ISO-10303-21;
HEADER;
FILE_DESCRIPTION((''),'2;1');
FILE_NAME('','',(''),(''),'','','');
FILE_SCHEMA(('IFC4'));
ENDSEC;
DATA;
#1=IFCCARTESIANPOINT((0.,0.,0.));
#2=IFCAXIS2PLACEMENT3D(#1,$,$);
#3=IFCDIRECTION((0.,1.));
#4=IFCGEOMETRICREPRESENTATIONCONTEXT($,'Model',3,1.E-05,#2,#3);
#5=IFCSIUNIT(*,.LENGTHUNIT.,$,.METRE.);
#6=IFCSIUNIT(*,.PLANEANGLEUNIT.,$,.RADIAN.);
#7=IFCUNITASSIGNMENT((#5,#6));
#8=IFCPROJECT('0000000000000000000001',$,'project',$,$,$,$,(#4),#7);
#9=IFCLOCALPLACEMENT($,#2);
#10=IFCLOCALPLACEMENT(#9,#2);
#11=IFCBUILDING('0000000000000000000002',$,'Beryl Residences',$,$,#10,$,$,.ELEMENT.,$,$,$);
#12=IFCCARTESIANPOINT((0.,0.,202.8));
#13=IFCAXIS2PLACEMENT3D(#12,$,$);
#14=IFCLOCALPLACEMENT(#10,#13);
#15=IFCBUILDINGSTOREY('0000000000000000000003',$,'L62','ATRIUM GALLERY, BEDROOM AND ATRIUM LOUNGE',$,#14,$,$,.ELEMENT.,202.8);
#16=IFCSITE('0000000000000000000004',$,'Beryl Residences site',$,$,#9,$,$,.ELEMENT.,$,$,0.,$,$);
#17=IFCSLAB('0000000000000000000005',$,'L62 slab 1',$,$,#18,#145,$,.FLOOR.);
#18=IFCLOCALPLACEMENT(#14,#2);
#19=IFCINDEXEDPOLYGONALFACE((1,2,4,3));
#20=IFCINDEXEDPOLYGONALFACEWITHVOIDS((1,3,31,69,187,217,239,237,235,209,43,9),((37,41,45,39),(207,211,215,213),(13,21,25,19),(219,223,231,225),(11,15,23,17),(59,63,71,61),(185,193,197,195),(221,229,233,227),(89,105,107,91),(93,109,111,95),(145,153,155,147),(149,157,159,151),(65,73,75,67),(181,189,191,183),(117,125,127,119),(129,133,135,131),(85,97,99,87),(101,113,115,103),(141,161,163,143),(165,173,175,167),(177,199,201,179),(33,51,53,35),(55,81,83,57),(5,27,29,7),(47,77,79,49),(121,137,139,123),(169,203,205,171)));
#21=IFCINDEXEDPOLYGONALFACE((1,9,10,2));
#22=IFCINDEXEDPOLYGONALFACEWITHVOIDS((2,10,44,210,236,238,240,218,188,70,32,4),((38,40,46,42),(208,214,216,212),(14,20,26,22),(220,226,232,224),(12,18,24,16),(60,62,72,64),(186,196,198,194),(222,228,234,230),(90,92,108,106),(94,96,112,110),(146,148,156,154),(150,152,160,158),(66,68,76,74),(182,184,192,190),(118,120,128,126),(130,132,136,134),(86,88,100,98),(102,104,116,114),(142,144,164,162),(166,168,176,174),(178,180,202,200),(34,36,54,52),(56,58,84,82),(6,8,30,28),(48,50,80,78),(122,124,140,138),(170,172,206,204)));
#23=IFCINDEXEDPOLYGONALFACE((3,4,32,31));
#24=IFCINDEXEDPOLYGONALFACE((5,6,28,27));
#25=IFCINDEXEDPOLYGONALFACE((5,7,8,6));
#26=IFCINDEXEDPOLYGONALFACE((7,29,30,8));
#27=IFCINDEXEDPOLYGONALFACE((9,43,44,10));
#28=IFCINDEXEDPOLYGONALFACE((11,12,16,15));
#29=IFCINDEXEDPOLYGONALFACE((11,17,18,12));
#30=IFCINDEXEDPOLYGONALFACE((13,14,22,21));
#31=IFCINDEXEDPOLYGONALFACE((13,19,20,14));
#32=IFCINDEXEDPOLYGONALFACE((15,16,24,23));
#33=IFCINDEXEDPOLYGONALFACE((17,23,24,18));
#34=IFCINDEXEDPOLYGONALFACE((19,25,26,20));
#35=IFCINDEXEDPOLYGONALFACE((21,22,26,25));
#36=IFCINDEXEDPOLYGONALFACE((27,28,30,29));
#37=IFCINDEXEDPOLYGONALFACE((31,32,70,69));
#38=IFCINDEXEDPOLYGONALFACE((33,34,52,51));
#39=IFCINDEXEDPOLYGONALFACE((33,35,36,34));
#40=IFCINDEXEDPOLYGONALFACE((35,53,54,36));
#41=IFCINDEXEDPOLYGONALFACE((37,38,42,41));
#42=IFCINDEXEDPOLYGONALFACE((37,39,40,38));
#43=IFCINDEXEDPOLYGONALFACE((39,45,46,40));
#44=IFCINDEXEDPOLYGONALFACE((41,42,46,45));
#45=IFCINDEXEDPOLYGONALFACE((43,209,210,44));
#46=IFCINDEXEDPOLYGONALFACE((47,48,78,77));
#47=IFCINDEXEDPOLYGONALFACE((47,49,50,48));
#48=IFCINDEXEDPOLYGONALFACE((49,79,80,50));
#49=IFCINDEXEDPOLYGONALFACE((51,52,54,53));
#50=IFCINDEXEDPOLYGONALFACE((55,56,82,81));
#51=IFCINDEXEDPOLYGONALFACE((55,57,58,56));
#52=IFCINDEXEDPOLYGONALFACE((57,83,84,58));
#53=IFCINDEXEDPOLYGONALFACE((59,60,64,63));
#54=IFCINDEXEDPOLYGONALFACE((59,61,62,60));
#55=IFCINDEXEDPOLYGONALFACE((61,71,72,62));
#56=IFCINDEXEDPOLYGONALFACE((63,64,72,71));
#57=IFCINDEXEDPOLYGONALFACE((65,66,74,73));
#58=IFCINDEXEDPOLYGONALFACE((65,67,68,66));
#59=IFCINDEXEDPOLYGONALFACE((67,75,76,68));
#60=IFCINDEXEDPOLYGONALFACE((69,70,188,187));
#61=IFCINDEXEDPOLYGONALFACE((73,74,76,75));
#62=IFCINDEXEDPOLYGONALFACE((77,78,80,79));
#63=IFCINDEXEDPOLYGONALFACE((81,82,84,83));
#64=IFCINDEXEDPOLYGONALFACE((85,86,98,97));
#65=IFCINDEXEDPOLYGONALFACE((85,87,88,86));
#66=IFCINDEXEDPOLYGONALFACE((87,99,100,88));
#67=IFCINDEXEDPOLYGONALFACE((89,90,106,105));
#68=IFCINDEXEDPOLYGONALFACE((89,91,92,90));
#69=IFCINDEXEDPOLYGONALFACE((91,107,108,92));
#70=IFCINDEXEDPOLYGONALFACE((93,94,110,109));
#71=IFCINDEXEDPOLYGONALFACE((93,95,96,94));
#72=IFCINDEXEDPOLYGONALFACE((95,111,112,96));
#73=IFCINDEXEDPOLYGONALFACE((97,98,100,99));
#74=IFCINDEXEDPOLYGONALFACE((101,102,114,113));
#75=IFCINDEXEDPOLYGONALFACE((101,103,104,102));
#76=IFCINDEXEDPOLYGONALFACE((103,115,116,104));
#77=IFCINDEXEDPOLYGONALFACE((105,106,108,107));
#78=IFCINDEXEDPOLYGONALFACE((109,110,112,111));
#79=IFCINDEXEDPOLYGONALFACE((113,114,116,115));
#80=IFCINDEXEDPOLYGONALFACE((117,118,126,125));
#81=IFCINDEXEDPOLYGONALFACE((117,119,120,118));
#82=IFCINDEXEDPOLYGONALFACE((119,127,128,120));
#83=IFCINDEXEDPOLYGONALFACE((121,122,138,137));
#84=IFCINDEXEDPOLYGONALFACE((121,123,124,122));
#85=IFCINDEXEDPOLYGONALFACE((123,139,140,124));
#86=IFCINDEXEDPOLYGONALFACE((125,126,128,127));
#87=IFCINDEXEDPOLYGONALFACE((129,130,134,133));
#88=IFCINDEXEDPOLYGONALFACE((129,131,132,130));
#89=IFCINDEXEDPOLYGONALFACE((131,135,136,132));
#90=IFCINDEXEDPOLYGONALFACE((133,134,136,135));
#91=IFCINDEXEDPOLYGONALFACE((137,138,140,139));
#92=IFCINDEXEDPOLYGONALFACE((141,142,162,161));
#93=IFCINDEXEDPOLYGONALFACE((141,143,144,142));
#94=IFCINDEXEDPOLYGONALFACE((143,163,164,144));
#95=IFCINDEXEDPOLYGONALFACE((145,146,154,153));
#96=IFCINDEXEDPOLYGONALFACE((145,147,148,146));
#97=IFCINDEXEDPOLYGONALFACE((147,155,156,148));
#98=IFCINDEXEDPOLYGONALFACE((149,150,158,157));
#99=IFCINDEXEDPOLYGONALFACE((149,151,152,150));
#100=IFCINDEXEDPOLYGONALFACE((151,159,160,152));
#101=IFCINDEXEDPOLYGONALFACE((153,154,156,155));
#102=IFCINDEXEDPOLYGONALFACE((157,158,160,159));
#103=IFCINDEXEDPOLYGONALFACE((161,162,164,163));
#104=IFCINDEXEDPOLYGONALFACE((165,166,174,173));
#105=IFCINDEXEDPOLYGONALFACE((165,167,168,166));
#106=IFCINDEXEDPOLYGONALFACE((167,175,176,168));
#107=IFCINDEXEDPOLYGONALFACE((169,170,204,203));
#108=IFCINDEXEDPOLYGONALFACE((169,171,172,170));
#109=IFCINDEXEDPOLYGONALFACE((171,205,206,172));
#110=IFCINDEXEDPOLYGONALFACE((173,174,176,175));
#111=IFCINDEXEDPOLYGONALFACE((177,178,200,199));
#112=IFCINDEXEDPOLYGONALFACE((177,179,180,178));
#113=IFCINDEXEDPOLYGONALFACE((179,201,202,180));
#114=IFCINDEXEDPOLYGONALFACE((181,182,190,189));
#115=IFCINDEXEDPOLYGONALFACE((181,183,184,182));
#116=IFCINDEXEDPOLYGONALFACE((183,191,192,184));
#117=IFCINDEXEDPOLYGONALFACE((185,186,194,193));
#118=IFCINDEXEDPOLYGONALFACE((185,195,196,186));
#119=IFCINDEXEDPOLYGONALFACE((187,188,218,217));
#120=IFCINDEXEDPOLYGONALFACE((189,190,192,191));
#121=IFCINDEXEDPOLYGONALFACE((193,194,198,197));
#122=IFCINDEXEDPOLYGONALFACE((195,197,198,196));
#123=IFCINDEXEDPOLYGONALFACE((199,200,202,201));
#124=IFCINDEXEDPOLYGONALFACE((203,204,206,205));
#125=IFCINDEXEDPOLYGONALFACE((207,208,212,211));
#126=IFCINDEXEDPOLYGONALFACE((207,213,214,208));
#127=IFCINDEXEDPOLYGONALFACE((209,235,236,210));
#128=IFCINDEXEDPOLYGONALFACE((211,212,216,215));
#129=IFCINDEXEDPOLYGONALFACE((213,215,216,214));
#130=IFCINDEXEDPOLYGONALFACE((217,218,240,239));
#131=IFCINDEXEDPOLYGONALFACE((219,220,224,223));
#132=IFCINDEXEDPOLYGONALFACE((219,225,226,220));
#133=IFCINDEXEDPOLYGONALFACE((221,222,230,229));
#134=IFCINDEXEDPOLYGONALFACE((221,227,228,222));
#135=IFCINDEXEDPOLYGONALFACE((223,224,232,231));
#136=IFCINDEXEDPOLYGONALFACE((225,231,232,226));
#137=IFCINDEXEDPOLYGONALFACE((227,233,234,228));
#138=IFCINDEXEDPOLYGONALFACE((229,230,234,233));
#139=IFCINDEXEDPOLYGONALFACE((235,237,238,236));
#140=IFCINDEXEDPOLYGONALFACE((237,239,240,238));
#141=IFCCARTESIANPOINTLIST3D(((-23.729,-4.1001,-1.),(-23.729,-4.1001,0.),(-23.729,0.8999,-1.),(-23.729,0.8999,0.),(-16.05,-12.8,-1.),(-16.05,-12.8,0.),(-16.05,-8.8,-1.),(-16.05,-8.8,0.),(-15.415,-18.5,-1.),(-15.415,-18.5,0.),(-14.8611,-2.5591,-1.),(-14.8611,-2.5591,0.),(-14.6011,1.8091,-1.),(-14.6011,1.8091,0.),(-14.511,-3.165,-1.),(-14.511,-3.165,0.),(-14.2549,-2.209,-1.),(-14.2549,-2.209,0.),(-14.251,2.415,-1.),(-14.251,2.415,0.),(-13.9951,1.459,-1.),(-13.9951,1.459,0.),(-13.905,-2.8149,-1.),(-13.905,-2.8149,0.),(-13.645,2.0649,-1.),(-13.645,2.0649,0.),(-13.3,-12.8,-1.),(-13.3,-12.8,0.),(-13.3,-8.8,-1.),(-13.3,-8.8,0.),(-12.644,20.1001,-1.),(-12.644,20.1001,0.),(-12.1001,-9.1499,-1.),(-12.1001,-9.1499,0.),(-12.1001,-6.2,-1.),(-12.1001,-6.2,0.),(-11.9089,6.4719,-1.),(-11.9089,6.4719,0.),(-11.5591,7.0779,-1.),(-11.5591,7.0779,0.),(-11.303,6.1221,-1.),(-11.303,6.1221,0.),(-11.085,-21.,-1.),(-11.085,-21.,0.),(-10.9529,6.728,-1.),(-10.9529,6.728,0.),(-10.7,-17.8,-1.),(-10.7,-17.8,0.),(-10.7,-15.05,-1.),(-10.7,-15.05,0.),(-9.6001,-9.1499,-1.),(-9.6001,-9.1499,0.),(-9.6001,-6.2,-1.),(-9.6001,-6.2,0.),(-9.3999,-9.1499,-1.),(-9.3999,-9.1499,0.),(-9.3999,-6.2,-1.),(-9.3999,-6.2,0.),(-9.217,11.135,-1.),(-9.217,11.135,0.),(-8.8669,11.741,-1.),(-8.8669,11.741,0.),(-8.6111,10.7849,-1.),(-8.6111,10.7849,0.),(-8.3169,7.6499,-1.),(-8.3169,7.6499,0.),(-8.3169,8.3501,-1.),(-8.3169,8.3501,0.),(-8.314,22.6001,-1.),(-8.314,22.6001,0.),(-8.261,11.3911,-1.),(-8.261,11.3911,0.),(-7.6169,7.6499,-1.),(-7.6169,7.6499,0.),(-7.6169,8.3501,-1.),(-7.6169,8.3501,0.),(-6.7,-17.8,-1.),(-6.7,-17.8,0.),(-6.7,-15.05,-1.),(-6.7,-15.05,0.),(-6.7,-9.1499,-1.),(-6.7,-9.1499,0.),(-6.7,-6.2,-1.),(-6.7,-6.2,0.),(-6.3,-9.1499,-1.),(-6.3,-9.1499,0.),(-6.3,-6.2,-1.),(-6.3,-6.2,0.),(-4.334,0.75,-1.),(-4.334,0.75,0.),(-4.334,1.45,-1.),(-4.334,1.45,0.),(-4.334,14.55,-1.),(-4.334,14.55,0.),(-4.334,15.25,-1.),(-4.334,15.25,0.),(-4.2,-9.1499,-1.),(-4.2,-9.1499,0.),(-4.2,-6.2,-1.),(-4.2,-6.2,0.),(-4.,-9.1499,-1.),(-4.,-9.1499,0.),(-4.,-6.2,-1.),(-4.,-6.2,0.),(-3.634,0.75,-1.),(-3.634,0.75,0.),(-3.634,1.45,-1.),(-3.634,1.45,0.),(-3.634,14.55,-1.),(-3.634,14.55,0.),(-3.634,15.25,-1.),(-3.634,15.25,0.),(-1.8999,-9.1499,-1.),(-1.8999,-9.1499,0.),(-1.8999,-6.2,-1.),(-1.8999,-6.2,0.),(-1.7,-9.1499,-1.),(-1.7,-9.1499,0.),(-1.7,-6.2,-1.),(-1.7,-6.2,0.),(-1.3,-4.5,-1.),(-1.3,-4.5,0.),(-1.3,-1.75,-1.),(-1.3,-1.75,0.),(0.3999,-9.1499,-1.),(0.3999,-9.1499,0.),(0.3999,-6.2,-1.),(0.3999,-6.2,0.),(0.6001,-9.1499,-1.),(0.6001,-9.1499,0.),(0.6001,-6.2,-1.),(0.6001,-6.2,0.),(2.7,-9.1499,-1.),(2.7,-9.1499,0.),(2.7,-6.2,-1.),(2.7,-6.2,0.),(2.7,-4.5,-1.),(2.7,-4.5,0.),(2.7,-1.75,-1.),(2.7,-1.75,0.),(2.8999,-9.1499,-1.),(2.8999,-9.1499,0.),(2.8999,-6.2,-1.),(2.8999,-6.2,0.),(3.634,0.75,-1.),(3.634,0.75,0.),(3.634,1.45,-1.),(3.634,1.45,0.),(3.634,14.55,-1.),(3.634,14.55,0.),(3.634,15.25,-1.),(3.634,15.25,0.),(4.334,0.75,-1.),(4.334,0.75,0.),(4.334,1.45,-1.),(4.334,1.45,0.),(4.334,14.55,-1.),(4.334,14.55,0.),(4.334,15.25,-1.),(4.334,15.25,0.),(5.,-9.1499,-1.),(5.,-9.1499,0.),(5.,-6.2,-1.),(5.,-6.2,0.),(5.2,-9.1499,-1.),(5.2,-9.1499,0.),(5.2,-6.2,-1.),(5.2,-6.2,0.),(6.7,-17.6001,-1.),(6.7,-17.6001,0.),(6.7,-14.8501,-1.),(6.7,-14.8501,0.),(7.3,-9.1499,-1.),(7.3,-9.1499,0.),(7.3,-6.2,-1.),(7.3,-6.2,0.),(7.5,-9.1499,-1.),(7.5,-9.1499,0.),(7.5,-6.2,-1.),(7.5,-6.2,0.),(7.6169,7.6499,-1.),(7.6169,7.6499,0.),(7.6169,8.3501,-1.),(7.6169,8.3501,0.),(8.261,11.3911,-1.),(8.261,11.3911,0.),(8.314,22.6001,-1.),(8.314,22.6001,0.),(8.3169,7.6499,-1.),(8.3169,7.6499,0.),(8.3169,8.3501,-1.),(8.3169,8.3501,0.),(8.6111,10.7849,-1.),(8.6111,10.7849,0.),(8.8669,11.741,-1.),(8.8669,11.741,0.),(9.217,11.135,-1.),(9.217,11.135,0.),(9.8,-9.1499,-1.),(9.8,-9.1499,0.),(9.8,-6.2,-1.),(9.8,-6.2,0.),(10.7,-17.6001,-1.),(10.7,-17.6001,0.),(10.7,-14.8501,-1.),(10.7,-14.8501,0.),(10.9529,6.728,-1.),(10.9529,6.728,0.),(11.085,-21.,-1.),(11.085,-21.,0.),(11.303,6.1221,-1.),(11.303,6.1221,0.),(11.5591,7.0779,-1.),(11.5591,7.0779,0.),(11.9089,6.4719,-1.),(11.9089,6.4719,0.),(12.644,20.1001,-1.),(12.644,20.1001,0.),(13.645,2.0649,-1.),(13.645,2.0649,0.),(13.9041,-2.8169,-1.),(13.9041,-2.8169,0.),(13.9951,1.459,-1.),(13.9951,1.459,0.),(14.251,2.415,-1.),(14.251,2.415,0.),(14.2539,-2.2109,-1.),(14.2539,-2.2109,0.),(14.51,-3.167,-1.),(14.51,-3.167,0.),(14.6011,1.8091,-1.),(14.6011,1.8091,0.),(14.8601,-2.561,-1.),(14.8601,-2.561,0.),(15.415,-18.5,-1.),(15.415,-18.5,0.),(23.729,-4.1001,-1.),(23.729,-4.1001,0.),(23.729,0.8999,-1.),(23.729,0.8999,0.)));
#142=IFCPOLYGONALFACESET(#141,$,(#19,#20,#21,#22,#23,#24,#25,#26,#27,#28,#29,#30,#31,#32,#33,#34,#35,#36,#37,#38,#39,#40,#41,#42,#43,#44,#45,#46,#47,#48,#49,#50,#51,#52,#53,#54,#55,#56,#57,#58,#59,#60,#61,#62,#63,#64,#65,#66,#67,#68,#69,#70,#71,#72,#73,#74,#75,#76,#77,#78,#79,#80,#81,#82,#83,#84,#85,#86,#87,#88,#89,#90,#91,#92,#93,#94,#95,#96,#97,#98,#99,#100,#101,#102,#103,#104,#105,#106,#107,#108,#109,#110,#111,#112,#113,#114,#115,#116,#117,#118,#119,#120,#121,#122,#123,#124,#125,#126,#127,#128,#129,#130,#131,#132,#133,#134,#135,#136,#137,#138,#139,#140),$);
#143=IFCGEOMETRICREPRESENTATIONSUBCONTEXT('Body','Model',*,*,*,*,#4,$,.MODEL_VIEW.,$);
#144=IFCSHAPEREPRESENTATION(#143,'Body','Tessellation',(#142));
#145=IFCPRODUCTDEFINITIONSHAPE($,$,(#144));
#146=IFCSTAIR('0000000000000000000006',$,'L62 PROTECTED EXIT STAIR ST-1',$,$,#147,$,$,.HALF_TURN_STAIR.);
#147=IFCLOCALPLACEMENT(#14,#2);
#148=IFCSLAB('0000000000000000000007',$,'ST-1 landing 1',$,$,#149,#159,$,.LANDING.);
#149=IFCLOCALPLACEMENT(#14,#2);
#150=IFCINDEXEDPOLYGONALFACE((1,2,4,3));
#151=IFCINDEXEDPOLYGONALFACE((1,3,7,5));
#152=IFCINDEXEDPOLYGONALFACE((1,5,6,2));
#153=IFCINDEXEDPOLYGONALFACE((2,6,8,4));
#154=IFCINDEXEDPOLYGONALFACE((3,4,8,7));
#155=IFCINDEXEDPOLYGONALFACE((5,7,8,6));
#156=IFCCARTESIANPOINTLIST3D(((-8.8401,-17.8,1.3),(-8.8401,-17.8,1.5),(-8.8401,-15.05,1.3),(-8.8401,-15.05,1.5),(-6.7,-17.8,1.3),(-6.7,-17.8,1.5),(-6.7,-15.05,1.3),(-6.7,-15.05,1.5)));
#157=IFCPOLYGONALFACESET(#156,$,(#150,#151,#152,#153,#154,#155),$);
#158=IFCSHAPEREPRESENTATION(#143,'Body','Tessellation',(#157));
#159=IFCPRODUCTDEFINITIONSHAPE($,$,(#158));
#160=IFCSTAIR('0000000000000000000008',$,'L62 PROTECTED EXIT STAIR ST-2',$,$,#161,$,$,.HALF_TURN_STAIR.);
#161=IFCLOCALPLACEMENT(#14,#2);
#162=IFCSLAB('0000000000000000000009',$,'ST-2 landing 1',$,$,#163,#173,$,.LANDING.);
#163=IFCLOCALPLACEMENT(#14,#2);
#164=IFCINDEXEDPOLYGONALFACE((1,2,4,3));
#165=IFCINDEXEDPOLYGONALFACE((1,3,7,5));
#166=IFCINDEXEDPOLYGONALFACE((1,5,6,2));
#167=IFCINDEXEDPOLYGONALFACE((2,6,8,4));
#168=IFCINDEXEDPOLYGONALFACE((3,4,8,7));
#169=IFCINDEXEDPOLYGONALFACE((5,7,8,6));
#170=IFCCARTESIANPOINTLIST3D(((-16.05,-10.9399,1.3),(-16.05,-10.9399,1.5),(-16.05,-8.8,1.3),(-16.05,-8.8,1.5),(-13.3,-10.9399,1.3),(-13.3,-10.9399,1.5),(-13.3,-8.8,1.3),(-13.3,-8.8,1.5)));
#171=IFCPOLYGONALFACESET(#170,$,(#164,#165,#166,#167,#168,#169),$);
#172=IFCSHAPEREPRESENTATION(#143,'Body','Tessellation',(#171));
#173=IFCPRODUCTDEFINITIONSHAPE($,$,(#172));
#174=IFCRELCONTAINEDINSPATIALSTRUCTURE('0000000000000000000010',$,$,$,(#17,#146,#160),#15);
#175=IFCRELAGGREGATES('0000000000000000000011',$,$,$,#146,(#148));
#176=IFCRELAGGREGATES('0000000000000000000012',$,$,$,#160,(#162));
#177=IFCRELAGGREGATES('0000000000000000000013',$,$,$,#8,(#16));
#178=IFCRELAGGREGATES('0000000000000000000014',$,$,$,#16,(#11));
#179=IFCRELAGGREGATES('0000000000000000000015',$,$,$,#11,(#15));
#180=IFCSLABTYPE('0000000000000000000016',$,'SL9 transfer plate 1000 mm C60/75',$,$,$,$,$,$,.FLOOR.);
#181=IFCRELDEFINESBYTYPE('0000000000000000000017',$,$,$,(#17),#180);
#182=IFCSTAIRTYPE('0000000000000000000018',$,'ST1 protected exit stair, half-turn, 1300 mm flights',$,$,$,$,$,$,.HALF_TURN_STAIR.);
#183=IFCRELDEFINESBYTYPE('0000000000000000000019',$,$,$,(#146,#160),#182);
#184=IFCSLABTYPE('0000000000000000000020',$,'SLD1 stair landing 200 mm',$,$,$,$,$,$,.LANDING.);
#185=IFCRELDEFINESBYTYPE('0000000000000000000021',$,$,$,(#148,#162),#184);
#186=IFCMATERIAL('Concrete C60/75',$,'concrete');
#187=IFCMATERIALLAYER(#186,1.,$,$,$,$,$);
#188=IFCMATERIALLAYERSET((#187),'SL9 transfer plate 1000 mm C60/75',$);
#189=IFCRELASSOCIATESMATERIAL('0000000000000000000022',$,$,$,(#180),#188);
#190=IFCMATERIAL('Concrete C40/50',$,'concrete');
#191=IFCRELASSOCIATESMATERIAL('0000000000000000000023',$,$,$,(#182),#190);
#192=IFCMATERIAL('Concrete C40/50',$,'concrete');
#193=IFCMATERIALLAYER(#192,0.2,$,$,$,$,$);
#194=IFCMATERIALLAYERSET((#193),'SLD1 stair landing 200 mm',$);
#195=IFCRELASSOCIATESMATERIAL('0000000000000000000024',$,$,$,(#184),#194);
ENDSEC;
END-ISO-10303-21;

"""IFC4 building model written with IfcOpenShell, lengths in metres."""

from ifc_helpers import new_model, si_unit, direction, frame, origin, place, context, subcontext, project, spatial, polyline, outline, extrude, material, layer, layer_set, type_object, element, aggregate, save


model = new_model("IFC4")

# Units and contexts
model_context = context("Model", 3, precision=1e-05, world=origin(), true_north=direction((0.0, 1.0)))
body_context = subcontext(model_context, "Body", "Model", "MODEL_VIEW")
ifc_project = project(units=[si_unit("LENGTHUNIT", "METRE"), si_unit("PLANEANGLEUNIT", "RADIAN")], contexts=[model_context])

# Site, building, storey
site_placement = place(None, origin())
site = spatial("IfcSite", under=ifc_project, at=site_placement, Name="Beryl Residences site", CompositionType="ELEMENT", RefElevation=0.0)
building_placement = place(site_placement, origin())
building = spatial("IfcBuilding", under=site, at=building_placement, Name="Beryl Residences", CompositionType="ELEMENT")
storey_placement = place(building_placement, frame((0.0, 0.0, 202.8)))
storey = spatial("IfcBuildingStorey", under=building, at=storey_placement, Name="L62", Description="ATRIUM GALLERY, BEDROOM AND ATRIUM LOUNGE", CompositionType="ELEMENT", Elevation=202.8)

# Slab
ifc_material_1 = material(Name="Concrete C60/75", Category="concrete")
ifc_layer_1 = layer(ifc_material_1, 1.0)
ifc_layer_set_1 = layer_set([ifc_layer_1], Name="SL9 transfer plate 1000 mm C60/75")
slab_type_1 = type_object("IfcSlabType", Name="SL9 transfer plate 1000 mm C60/75", PredefinedType="FLOOR", material=ifc_layer_set_1)
slab_1_placement = place(storey_placement, frame((0.0, 0.0, -1.0)))
element("IfcSlab", 1, at=slab_1_placement, inside=storey, type_object=slab_type_1, Name="L62 slab 1", PredefinedType="FLOOR", context=body_context, shape_type="SweptSolid", body=[
    extrude(outline(polyline([(23.729, 0.8999), (23.729, -4.1001), (15.415, -18.5), (11.085, -21.0), (-11.085, -21.0), (-15.415, -18.5), (-23.729, -4.1001), (-23.729, 0.8999), (-12.644, 20.1001), (-8.314, 22.6001), (8.314, 22.6001), (12.644, 20.1001), (23.729, 0.8999)]), holes=[polyline([(14.51, -3.167), (14.8601, -2.561), (14.2539, -2.2109), (13.9041, -2.8169), (14.51, -3.167)]), polyline([(14.251, 2.415), (13.645, 2.0649), (13.9951, 1.459), (14.6011, 1.8091), (14.251, 2.415)]), polyline([(11.9089, 6.4719), (11.5591, 7.0779), (10.9529, 6.728), (11.303, 6.1221), (11.9089, 6.4719)]), polyline([(10.7, -14.8501), (6.7, -14.8501), (6.7, -17.6001), (10.7, -17.6001), (10.7, -14.8501)]), polyline([(7.5, -6.2), (7.5, -9.1499), (9.8, -9.1499), (9.8, -6.2), (7.5, -6.2)]), polyline([(8.8669, 11.741), (8.261, 11.3911), (8.6111, 10.7849), (9.217, 11.135), (8.8669, 11.741)]), polyline([(7.6169, 7.6499), (8.3169, 7.6499), (8.3169, 8.3501), (7.6169, 8.3501), (7.6169, 7.6499)]), polyline([(5.2, -6.2), (5.2, -9.1499), (7.3, -9.1499), (7.3, -6.2), (5.2, -6.2)]), polyline([(2.8999, -9.1499), (5.0, -9.1499), (5.0, -6.2), (2.8999, -6.2), (2.8999, -9.1499)]), polyline([(4.334, 0.75), (4.334, 1.45), (3.634, 1.45), (3.634, 0.75), (4.334, 0.75)]), polyline([(3.634, 14.55), (4.334, 14.55), (4.334, 15.25), (3.634, 15.25), (3.634, 14.55)]), polyline([(-1.3, -4.5), (2.7, -4.5), (2.7, -1.75), (-1.3, -1.75), (-1.3, -4.5)]), polyline([(0.6001, -6.2), (0.6001, -9.1499), (2.7, -9.1499), (2.7, -6.2), (0.6001, -6.2)]), polyline([(0.3999, -9.1499), (0.3999, -6.2), (-1.7, -6.2), (-1.7, -9.1499), (0.3999, -9.1499)]), polyline([(-4.0, -6.2), (-4.0, -9.1499), (-1.8999, -9.1499), (-1.8999, -6.2), (-4.0, -6.2)]), polyline([(-3.634, 14.55), (-3.634, 15.25), (-4.334, 15.25), (-4.334, 14.55), (-3.634, 14.55)]), polyline([(-4.334, 0.75), (-3.634, 0.75), (-3.634, 1.45), (-4.334, 1.45), (-4.334, 0.75)]), polyline([(-6.3, -6.2), (-6.3, -9.1499), (-4.2, -9.1499), (-4.2, -6.2), (-6.3, -6.2)]), polyline([(-6.7, -9.1499), (-6.7, -6.2), (-9.3999, -6.2), (-9.3999, -9.1499), (-6.7, -9.1499)]), polyline([(-6.7, -15.05), (-10.7, -15.05), (-10.7, -17.8), (-6.7, -17.8), (-6.7, -15.05)]), polyline([(-8.3169, 7.6499), (-7.6169, 7.6499), (-7.6169, 8.3501), (-8.3169, 8.3501), (-8.3169, 7.6499)]), polyline([(-9.217, 11.135), (-8.6111, 10.7849), (-8.261, 11.3911), (-8.8669, 11.741), (-9.217, 11.135)]), polyline([(-12.1001, -6.2), (-12.1001, -9.1499), (-9.6001, -9.1499), (-9.6001, -6.2), (-12.1001, -6.2)]), polyline([(-11.5591, 7.0779), (-11.9089, 6.4719), (-11.303, 6.1221), (-10.9529, 6.728), (-11.5591, 7.0779)]), polyline([(-13.3, -12.8), (-13.3, -8.8), (-16.05, -8.8), (-16.05, -12.8), (-13.3, -12.8)]), polyline([(-14.6011, 1.8091), (-13.9951, 1.459), (-13.645, 2.0649), (-14.251, 2.415), (-14.6011, 1.8091)]), polyline([(-14.8611, -2.5591), (-14.511, -3.165), (-13.905, -2.8149), (-14.2549, -2.209), (-14.8611, -2.5591)])]), origin(), (0.0, 0.0, 1.0), 1.0),
])

# Stairs, slabs
ifc_material_2 = material(Name="Concrete C40/50", Category="concrete")
stair_type = type_object("IfcStairType", Name="ST1 protected exit stair, half-turn, 1300 mm flights", PredefinedType="HALF_TURN_STAIR", material=ifc_material_2)
stair_1_placement = place(storey_placement, origin())
stair_1 = element("IfcStair", 2, at=stair_1_placement, inside=storey, type_object=stair_type, Name="L62 PROTECTED EXIT STAIR ST-1", PredefinedType="HALF_TURN_STAIR")
ifc_material_3 = material(Name="Concrete C40/50", Category="concrete")
ifc_layer_2 = layer(ifc_material_3, 0.2)
ifc_layer_set_2 = layer_set([ifc_layer_2], Name="SLD1 stair landing 200 mm")
slab_type_2 = type_object("IfcSlabType", Name="SLD1 stair landing 200 mm", PredefinedType="LANDING", material=ifc_layer_set_2)
slab_2_placement = place(storey_placement, frame((0.0, 0.0, 1.3)))
slab_2 = element("IfcSlab", 3, at=slab_2_placement, type_object=slab_type_2, Name="ST-1 landing 1", PredefinedType="LANDING", context=body_context, shape_type="SweptSolid", body=[
    extrude(outline(polyline([(-8.8401, -17.8), (-6.7, -17.8), (-6.7, -15.05), (-8.8401, -15.05), (-8.8401, -17.8)])), origin(), (0.0, 0.0, 1.0), 0.2),
])
aggregate(stair_1, [slab_2])
stair_2_placement = place(storey_placement, origin())
stair_2 = element("IfcStair", 4, at=stair_2_placement, inside=storey, type_object=stair_type, Name="L62 PROTECTED EXIT STAIR ST-2", PredefinedType="HALF_TURN_STAIR")
slab_3_placement = place(storey_placement, frame((0.0, 0.0, 1.3)))
slab_3 = element("IfcSlab", 5, at=slab_3_placement, type_object=slab_type_2, Name="ST-2 landing 1", PredefinedType="LANDING", context=body_context, shape_type="SweptSolid", body=[
    extrude(outline(polyline([(-13.3, -10.9399), (-13.3, -8.8), (-16.05, -8.8), (-16.05, -10.9399), (-13.3, -10.9399)])), origin(), (0.0, 0.0, 1.0), 0.2),
])
aggregate(stair_2, [slab_3])

save(model, "model.ifc")
